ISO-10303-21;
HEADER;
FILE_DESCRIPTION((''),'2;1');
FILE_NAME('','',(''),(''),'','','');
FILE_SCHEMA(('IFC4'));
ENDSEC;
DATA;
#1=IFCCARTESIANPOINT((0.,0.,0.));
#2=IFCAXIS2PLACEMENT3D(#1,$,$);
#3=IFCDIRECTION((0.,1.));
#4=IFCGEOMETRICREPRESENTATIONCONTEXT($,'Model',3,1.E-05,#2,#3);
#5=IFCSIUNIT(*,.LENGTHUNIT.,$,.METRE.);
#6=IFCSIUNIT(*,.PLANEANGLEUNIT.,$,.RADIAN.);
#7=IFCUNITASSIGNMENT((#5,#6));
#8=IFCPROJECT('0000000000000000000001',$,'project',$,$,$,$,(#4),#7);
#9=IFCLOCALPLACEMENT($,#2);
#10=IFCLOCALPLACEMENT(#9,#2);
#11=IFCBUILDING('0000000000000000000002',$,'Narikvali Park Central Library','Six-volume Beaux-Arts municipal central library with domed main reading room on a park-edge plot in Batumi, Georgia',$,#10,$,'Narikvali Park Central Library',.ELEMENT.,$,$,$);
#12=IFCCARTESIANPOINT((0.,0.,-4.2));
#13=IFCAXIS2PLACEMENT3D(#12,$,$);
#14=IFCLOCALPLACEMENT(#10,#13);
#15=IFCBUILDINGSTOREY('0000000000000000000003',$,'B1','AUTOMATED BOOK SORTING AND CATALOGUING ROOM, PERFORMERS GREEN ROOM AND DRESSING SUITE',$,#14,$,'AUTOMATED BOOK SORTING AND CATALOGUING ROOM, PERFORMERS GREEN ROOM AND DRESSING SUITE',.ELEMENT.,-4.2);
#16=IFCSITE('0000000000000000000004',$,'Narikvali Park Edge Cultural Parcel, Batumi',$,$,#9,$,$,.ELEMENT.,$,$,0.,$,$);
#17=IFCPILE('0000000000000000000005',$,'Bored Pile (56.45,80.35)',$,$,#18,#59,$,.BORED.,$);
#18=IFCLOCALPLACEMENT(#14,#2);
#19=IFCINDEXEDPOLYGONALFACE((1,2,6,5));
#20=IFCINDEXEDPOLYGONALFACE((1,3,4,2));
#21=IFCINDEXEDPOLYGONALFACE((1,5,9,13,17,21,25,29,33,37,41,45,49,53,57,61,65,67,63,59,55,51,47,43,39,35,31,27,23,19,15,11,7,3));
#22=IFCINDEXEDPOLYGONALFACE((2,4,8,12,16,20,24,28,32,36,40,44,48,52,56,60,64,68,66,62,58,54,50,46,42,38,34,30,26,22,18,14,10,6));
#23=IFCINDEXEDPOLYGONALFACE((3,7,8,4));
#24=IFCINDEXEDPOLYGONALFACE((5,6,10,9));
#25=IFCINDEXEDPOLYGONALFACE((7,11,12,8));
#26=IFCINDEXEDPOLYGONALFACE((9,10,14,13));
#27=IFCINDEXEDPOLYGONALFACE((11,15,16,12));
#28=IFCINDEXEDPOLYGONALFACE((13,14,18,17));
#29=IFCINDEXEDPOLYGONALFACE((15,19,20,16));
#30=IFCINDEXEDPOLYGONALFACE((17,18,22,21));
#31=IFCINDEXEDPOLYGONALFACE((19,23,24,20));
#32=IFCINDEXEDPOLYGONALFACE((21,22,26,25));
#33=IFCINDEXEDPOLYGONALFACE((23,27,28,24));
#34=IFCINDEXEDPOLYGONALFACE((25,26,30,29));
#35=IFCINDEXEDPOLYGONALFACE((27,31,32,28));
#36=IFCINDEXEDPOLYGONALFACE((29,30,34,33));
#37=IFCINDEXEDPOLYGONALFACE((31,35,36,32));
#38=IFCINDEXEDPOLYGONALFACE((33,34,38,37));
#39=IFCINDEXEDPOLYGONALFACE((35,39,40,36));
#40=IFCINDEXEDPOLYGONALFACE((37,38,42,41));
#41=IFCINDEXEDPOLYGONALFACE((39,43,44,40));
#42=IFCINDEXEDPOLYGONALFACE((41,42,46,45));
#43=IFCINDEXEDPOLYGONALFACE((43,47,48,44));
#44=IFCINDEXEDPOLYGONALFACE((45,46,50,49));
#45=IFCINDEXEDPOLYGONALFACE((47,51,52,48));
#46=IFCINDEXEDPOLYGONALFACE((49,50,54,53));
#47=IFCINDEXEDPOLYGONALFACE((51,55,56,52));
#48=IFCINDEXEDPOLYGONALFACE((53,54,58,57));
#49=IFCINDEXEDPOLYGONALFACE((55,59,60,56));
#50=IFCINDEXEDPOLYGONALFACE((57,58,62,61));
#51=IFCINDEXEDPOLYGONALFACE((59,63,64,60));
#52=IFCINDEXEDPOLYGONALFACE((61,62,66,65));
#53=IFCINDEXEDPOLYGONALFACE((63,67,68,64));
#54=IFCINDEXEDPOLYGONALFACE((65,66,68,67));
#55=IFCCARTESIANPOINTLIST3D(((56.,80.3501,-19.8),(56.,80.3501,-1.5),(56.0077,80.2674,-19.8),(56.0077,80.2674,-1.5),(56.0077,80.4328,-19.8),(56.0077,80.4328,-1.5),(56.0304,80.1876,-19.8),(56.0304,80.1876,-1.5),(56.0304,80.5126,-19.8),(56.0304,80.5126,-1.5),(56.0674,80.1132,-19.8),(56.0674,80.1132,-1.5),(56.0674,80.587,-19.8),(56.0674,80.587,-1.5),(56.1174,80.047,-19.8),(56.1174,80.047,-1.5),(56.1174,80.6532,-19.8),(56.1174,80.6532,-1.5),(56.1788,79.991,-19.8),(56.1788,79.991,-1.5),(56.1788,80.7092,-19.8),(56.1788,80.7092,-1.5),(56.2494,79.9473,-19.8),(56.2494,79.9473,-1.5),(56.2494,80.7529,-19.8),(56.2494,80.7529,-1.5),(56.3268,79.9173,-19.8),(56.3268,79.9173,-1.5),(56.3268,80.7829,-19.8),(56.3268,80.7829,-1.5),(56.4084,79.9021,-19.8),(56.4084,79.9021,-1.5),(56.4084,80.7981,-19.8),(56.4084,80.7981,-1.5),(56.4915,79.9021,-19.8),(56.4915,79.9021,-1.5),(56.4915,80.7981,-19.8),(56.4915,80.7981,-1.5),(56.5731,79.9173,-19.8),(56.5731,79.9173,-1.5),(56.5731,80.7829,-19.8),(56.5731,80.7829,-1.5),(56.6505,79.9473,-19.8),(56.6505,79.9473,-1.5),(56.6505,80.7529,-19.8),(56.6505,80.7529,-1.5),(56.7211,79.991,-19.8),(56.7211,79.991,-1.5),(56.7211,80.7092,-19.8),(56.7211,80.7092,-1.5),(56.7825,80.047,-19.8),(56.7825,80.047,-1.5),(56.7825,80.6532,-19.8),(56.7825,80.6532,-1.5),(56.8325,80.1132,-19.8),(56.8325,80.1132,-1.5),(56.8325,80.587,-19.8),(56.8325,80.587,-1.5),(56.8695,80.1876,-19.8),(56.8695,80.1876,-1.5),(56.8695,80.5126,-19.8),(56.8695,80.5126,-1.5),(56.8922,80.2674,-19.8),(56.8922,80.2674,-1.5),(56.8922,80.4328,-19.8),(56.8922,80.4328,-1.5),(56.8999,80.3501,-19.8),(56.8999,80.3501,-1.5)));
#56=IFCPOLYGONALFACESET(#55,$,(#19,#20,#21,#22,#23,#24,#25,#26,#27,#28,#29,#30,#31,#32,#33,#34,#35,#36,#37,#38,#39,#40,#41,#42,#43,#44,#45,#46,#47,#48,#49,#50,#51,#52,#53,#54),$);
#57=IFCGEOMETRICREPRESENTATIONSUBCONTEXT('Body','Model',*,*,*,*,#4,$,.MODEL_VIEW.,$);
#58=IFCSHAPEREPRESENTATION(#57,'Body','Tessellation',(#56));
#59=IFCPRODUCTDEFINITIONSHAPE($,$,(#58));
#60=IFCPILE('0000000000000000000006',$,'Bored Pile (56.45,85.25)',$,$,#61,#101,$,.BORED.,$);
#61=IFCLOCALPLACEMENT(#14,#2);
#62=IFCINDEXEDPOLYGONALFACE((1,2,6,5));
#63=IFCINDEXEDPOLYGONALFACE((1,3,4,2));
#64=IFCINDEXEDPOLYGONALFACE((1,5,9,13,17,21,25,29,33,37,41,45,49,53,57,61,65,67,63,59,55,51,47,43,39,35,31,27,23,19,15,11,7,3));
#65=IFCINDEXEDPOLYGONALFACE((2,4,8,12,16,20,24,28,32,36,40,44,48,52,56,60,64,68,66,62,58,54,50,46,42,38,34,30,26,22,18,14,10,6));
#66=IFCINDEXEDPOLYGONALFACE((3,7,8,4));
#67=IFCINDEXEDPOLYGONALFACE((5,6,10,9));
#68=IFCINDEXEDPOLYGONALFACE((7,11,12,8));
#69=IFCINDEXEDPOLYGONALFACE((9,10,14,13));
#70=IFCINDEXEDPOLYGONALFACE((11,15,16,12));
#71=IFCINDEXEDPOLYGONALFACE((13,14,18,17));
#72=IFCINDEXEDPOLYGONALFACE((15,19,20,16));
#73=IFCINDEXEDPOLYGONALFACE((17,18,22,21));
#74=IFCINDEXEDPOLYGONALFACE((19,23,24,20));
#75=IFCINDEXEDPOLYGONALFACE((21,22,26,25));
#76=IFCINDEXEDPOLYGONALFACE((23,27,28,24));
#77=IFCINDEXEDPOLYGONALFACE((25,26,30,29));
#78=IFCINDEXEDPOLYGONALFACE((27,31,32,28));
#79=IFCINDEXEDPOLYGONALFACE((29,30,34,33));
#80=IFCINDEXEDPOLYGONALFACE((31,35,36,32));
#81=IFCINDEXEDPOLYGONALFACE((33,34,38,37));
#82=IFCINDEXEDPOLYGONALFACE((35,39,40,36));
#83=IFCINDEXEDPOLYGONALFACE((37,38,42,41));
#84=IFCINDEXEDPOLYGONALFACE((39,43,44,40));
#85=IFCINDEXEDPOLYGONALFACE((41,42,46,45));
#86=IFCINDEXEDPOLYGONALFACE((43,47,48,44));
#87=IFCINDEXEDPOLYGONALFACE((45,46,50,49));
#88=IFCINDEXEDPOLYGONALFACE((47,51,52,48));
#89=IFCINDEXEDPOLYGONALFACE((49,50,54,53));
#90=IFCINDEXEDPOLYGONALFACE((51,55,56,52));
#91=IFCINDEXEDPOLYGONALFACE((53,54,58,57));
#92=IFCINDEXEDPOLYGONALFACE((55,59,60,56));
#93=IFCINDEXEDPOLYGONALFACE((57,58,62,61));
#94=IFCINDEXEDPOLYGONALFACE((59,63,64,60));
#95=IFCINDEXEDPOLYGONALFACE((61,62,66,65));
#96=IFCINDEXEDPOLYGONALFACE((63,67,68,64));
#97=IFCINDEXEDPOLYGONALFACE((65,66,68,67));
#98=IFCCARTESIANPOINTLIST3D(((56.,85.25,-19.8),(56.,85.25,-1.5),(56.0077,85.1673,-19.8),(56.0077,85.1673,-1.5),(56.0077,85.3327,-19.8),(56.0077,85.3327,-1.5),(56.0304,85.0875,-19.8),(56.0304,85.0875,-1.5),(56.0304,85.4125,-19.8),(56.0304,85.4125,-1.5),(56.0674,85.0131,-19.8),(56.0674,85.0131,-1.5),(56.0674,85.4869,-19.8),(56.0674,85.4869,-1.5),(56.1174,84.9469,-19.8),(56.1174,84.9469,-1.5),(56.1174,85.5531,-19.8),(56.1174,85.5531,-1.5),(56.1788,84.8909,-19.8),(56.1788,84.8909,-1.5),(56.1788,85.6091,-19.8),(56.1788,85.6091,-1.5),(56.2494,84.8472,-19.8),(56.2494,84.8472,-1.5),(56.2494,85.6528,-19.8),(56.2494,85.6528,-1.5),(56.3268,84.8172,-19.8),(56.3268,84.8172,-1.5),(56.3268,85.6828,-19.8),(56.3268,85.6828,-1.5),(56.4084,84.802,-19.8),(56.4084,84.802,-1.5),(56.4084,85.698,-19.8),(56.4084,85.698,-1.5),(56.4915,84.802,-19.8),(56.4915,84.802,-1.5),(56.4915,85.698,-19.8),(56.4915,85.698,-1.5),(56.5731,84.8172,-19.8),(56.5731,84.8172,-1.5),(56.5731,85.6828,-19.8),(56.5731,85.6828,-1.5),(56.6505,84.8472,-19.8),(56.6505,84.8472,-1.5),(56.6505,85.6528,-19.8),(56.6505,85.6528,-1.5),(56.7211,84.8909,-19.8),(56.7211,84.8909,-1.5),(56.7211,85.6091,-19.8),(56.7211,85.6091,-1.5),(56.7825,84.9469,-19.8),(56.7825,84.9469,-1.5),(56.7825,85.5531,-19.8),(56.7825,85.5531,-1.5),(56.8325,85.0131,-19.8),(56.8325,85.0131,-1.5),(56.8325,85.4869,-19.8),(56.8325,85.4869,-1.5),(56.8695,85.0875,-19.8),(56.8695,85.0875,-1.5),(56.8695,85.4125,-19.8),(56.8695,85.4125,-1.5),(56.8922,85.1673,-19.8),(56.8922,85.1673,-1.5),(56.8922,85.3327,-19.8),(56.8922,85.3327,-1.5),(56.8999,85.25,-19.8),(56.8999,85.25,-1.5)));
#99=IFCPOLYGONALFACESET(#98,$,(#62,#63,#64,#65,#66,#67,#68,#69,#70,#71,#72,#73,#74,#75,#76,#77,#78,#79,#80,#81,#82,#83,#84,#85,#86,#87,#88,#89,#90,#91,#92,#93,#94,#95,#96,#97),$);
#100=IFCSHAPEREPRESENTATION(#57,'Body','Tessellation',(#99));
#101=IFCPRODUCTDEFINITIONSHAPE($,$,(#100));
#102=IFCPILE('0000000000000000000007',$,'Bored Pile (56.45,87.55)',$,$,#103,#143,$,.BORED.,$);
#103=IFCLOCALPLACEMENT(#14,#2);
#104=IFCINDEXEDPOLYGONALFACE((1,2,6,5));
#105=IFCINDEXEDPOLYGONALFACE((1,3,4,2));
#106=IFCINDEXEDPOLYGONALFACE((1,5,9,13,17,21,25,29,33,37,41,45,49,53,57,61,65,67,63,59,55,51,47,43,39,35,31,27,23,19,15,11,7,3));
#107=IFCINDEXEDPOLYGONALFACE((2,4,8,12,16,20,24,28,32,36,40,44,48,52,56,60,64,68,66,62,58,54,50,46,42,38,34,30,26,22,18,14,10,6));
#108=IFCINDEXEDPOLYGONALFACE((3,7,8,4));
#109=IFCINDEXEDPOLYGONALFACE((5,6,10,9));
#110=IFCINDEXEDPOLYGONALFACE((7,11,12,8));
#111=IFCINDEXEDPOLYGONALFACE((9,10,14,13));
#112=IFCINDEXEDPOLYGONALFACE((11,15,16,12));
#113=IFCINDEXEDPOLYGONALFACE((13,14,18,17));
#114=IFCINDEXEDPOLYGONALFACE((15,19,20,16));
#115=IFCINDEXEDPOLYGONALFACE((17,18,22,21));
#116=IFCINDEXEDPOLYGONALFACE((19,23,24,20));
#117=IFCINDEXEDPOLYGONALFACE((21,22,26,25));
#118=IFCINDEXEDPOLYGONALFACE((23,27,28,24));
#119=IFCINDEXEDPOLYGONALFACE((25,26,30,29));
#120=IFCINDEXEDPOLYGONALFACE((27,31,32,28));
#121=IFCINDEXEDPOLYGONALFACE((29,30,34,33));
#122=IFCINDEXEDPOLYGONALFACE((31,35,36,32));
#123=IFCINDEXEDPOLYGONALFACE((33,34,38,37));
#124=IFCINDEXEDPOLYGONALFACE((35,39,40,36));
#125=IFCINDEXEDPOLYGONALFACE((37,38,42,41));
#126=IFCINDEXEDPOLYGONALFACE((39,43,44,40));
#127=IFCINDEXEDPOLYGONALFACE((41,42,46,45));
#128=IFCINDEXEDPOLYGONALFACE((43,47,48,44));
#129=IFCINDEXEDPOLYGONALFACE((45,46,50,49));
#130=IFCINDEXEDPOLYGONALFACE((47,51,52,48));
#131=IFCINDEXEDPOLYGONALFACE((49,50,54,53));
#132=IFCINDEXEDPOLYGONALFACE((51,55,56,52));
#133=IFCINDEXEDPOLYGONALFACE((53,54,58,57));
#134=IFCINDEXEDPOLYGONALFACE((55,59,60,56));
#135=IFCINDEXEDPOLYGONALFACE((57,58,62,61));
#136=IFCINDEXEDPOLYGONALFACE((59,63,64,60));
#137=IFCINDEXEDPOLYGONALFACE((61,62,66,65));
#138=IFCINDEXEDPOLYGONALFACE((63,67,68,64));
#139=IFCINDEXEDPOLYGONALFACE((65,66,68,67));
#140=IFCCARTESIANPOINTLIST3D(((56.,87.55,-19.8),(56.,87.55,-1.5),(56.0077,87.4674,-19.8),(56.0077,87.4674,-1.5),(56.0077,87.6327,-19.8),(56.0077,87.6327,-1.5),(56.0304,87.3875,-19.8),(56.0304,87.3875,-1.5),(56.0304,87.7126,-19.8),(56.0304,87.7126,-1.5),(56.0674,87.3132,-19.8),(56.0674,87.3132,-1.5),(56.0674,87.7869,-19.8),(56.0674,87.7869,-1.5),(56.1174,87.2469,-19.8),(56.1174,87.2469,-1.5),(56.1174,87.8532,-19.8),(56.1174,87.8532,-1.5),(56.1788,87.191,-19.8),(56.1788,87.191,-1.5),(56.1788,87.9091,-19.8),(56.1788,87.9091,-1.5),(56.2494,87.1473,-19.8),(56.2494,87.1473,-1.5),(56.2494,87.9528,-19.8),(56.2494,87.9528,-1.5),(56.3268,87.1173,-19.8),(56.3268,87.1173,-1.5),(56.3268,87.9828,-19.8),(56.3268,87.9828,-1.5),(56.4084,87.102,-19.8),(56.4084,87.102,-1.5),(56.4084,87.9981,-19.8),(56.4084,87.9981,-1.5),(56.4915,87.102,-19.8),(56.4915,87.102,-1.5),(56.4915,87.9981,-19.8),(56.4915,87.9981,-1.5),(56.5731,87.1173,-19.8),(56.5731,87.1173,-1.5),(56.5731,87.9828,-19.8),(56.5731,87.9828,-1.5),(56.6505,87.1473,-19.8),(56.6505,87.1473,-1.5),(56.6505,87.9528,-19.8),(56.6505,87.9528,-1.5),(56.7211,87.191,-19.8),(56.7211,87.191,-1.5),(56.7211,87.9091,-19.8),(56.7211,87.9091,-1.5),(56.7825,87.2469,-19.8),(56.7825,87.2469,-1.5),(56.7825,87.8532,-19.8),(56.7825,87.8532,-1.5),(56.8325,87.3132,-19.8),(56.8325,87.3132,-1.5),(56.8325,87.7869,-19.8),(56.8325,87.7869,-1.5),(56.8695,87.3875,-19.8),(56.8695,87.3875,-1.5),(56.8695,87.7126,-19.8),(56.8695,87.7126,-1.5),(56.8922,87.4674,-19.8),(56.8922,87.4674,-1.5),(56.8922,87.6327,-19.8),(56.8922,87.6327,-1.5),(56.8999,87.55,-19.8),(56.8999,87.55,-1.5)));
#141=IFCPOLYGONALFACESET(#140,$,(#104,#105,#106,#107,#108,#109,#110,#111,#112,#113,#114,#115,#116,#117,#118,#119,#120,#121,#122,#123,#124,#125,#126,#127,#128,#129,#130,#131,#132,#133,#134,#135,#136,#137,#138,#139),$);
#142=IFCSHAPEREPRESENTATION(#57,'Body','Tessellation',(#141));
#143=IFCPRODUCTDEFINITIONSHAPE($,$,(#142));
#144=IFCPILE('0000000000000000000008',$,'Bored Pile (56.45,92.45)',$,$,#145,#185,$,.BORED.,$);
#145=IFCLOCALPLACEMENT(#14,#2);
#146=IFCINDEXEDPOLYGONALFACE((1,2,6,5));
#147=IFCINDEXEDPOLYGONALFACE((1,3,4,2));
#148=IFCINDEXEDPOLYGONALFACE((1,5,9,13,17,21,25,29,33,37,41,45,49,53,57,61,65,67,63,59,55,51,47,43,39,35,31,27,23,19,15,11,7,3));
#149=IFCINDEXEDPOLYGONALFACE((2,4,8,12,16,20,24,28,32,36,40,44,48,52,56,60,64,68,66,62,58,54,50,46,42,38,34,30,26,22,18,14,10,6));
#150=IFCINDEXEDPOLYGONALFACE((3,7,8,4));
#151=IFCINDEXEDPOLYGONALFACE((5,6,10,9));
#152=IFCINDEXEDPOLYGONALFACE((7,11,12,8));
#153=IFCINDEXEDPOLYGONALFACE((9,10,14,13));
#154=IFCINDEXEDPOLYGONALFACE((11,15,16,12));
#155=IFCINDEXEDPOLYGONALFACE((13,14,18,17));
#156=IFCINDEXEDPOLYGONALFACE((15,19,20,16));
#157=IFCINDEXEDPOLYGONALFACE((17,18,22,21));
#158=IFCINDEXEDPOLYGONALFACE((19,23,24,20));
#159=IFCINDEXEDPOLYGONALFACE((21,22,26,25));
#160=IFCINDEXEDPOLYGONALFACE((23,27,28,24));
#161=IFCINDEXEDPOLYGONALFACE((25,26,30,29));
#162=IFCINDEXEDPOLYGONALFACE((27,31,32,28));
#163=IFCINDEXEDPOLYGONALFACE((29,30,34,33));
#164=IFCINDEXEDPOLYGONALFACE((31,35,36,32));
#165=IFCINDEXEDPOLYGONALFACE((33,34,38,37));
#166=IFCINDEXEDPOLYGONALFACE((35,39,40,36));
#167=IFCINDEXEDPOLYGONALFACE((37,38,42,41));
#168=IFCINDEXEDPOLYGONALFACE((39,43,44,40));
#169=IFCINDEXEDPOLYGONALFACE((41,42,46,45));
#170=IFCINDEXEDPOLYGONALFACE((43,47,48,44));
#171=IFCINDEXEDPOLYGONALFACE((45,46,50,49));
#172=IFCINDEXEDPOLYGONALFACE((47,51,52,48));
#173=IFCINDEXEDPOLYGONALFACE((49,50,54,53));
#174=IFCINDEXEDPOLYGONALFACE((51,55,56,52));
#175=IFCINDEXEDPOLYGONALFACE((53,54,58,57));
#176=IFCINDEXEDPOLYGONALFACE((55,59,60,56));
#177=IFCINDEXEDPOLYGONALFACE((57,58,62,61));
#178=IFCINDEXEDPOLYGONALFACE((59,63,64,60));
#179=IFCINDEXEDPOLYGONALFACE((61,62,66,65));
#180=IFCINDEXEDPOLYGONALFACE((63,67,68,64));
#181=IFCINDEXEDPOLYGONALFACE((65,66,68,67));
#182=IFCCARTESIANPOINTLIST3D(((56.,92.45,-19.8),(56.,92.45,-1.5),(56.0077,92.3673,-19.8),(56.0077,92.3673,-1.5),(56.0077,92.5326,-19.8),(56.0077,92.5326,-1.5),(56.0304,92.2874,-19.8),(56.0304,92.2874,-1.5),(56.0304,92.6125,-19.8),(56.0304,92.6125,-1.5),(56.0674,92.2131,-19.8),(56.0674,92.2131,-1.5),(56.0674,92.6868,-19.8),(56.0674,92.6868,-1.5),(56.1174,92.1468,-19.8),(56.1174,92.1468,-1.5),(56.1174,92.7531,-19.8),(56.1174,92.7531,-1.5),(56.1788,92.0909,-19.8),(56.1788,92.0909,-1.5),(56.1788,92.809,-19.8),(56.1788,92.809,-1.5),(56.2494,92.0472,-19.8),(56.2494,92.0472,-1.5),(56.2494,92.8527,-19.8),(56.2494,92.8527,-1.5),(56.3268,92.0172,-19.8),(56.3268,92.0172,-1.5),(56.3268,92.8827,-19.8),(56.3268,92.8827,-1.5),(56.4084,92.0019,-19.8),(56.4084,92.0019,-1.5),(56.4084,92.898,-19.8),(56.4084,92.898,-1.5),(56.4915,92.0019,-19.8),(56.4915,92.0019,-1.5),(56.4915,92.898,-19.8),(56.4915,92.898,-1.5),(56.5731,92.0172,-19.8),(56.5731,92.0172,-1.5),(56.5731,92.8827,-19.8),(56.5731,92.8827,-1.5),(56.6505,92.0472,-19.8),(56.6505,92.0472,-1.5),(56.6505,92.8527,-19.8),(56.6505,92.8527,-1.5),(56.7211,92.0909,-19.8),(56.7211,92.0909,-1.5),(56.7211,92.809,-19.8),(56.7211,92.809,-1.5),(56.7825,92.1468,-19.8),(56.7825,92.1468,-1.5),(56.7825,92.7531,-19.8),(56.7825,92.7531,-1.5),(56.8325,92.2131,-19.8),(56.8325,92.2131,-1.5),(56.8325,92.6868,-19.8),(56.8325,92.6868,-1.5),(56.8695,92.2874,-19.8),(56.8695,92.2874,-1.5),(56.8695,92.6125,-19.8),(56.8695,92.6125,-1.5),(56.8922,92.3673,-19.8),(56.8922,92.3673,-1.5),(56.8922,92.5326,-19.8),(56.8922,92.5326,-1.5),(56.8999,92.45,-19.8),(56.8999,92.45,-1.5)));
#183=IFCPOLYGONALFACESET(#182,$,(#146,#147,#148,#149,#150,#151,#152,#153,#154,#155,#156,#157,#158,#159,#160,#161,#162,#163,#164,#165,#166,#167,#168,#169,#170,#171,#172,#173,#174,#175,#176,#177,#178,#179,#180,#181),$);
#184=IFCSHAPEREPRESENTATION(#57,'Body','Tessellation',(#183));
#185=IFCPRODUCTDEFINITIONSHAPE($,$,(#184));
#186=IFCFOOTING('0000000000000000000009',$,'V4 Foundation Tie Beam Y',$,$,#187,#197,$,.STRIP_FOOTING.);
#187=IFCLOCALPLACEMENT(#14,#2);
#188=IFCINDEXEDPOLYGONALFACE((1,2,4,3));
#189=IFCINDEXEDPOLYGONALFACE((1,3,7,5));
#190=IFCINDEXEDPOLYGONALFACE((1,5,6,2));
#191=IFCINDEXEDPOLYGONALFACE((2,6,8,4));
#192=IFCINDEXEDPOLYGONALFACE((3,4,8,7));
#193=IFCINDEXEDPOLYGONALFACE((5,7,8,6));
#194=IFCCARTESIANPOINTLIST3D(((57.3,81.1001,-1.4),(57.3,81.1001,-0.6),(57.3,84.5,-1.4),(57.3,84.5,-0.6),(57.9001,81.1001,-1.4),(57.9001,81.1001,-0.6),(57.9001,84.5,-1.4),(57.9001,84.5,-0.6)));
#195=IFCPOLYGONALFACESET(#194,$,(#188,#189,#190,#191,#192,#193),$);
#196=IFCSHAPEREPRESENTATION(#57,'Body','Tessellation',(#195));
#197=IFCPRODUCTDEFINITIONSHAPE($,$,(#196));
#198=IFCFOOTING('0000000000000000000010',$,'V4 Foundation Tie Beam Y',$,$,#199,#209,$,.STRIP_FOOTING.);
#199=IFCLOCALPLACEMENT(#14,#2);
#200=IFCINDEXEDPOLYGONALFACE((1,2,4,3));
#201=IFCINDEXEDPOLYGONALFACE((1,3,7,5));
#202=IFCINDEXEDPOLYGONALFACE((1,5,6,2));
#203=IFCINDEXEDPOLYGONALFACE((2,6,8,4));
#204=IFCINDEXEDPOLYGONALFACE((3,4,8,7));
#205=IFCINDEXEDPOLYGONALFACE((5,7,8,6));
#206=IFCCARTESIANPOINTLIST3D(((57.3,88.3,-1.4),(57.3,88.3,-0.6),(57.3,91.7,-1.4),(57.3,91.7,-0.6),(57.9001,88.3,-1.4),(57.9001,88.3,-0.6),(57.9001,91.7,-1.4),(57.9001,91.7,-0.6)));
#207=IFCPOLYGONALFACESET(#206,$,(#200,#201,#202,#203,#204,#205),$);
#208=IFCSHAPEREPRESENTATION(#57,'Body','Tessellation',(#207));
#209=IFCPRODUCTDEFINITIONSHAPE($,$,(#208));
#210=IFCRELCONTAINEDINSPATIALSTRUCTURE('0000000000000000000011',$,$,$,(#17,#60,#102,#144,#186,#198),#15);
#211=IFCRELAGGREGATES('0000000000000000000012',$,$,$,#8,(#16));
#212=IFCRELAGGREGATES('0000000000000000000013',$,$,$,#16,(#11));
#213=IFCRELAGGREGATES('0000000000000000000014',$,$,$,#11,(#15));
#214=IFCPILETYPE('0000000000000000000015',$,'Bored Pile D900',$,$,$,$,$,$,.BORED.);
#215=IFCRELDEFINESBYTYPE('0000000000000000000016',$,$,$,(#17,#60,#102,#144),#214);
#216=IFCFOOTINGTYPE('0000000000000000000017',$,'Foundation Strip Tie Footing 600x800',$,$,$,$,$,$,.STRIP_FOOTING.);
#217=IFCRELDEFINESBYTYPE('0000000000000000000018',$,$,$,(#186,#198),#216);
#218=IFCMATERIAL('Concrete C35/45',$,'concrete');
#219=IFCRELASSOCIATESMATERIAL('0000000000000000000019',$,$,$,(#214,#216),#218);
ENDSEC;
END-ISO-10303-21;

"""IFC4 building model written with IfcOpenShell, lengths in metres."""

from ifc_helpers import new_model, si_unit, direction, frame, origin, origin_2d, place, context, subcontext, project, spatial, rectangle, circle, extrude, material, material_profile, profile_set, type_object, element, save


model = new_model("IFC4")

# Units and contexts
model_context = context("Model", 3, precision=1e-05, world=origin(), true_north=direction((0.0, 1.0)))
body_context = subcontext(model_context, "Body", "Model", "MODEL_VIEW")
ifc_project = project(units=[si_unit("LENGTHUNIT", "METRE"), si_unit("PLANEANGLEUNIT", "RADIAN")], contexts=[model_context])

# Site, building, storey
site_placement = place(None, origin())
site = spatial("IfcSite", under=ifc_project, at=site_placement, Name="Narikvali Park Edge Cultural Parcel, Batumi", CompositionType="ELEMENT", RefElevation=0.0)
building_placement = place(site_placement, origin())
building = spatial("IfcBuilding", under=site, at=building_placement, Name="Narikvali Park Central Library", Description="Six-volume Beaux-Arts municipal central library with domed main reading room on a park-edge plot in Batumi, Georgia", LongName="Narikvali Park Central Library", CompositionType="ELEMENT")
storey_placement = place(building_placement, frame((0.0, 0.0, -4.2)))
storey = spatial("IfcBuildingStorey", under=building, at=storey_placement, Name="B1", Description="AUTOMATED BOOK SORTING AND CATALOGUING ROOM, PERFORMERS GREEN ROOM AND DRESSING SUITE", LongName="AUTOMATED BOOK SORTING AND CATALOGUING ROOM, PERFORMERS GREEN ROOM AND DRESSING SUITE", CompositionType="ELEMENT", Elevation=-4.2)

# Piles
ifc_material_1 = material(Name="Concrete C35/45", Category="concrete")
ifc_material_profile_1 = material_profile(ifc_material_1, circle(Radius=0.45, at=origin_2d()), Name="PILE D900")
ifc_profile_set_1 = profile_set([ifc_material_profile_1], Name="Concrete C35/45")
pile_type = type_object("IfcPileType", Name="Bored Pile D900", PredefinedType="BORED", material=ifc_profile_set_1)
for number, where, z_axis, x_axis, name in (
    (1, (56.45, 80.3501, -1.5), (0.0, 0.0, -1.0), (1.0, 0.0, 0.0), "Bored Pile (56.45,80.35)"),
    (2, (56.45, 85.25, -1.5), (0.0, 0.0, -1.0), (1.0, 0.0, 0.0), "Bored Pile (56.45,85.25)"),
    (3, (56.45, 87.55, -1.5), (0.0, 0.0, -1.0), (1.0, 0.0, 0.0), "Bored Pile (56.45,87.55)"),
    (4, (56.45, 92.45, -1.5), (0.0, 0.0, -1.0), (1.0, 0.0, 0.0), "Bored Pile (56.45,92.45)"),
):
    element("IfcPile", number, at=place(storey_placement, frame(where, z_axis=z_axis, x_axis=x_axis)), inside=storey, type_object=pile_type, Name=name, PredefinedType="BORED", context=body_context, shape_type="SweptSolid", body=[
        extrude(circle(Radius=0.45, at=origin_2d()), origin(), (0.0, 0.0, 1.0), 18.3),
    ])

# Footings
ifc_material_profile_2 = material_profile(ifc_material_1, rectangle(XDim=0.6001, YDim=0.8, at=origin_2d()), Name="RC GB 600x800")
ifc_profile_set_2 = profile_set([ifc_material_profile_2], Name="Concrete C35/45")
footing_type_1 = type_object("IfcFootingType", Name="Foundation Strip Tie Footing 600x800", PredefinedType="STRIP_FOOTING", material=ifc_profile_set_2)
for number, where, z_axis, x_axis, name in (
    (5, (57.6001, 81.1001, -1.0), (0.0, 1.0, 0.0), (-1.0, 0.0, 0.0), "V4 Foundation Tie Beam Y"),
    (6, (57.6001, 88.3, -1.0), (0.0, 1.0, 0.0), (-1.0, 0.0, 0.0), "V4 Foundation Tie Beam Y"),
):
    element("IfcFooting", number, at=place(storey_placement, frame(where, z_axis=z_axis, x_axis=x_axis)), inside=storey, type_object=footing_type_1, Name=name, PredefinedType="STRIP_FOOTING", context=body_context, shape_type="SweptSolid", body=[
        extrude(rectangle(XDim=0.6001, YDim=0.8, at=origin_2d()), origin(), (0.0, 0.0, 1.0), 3.3999),
    ])

save(model, "model.ifc")
